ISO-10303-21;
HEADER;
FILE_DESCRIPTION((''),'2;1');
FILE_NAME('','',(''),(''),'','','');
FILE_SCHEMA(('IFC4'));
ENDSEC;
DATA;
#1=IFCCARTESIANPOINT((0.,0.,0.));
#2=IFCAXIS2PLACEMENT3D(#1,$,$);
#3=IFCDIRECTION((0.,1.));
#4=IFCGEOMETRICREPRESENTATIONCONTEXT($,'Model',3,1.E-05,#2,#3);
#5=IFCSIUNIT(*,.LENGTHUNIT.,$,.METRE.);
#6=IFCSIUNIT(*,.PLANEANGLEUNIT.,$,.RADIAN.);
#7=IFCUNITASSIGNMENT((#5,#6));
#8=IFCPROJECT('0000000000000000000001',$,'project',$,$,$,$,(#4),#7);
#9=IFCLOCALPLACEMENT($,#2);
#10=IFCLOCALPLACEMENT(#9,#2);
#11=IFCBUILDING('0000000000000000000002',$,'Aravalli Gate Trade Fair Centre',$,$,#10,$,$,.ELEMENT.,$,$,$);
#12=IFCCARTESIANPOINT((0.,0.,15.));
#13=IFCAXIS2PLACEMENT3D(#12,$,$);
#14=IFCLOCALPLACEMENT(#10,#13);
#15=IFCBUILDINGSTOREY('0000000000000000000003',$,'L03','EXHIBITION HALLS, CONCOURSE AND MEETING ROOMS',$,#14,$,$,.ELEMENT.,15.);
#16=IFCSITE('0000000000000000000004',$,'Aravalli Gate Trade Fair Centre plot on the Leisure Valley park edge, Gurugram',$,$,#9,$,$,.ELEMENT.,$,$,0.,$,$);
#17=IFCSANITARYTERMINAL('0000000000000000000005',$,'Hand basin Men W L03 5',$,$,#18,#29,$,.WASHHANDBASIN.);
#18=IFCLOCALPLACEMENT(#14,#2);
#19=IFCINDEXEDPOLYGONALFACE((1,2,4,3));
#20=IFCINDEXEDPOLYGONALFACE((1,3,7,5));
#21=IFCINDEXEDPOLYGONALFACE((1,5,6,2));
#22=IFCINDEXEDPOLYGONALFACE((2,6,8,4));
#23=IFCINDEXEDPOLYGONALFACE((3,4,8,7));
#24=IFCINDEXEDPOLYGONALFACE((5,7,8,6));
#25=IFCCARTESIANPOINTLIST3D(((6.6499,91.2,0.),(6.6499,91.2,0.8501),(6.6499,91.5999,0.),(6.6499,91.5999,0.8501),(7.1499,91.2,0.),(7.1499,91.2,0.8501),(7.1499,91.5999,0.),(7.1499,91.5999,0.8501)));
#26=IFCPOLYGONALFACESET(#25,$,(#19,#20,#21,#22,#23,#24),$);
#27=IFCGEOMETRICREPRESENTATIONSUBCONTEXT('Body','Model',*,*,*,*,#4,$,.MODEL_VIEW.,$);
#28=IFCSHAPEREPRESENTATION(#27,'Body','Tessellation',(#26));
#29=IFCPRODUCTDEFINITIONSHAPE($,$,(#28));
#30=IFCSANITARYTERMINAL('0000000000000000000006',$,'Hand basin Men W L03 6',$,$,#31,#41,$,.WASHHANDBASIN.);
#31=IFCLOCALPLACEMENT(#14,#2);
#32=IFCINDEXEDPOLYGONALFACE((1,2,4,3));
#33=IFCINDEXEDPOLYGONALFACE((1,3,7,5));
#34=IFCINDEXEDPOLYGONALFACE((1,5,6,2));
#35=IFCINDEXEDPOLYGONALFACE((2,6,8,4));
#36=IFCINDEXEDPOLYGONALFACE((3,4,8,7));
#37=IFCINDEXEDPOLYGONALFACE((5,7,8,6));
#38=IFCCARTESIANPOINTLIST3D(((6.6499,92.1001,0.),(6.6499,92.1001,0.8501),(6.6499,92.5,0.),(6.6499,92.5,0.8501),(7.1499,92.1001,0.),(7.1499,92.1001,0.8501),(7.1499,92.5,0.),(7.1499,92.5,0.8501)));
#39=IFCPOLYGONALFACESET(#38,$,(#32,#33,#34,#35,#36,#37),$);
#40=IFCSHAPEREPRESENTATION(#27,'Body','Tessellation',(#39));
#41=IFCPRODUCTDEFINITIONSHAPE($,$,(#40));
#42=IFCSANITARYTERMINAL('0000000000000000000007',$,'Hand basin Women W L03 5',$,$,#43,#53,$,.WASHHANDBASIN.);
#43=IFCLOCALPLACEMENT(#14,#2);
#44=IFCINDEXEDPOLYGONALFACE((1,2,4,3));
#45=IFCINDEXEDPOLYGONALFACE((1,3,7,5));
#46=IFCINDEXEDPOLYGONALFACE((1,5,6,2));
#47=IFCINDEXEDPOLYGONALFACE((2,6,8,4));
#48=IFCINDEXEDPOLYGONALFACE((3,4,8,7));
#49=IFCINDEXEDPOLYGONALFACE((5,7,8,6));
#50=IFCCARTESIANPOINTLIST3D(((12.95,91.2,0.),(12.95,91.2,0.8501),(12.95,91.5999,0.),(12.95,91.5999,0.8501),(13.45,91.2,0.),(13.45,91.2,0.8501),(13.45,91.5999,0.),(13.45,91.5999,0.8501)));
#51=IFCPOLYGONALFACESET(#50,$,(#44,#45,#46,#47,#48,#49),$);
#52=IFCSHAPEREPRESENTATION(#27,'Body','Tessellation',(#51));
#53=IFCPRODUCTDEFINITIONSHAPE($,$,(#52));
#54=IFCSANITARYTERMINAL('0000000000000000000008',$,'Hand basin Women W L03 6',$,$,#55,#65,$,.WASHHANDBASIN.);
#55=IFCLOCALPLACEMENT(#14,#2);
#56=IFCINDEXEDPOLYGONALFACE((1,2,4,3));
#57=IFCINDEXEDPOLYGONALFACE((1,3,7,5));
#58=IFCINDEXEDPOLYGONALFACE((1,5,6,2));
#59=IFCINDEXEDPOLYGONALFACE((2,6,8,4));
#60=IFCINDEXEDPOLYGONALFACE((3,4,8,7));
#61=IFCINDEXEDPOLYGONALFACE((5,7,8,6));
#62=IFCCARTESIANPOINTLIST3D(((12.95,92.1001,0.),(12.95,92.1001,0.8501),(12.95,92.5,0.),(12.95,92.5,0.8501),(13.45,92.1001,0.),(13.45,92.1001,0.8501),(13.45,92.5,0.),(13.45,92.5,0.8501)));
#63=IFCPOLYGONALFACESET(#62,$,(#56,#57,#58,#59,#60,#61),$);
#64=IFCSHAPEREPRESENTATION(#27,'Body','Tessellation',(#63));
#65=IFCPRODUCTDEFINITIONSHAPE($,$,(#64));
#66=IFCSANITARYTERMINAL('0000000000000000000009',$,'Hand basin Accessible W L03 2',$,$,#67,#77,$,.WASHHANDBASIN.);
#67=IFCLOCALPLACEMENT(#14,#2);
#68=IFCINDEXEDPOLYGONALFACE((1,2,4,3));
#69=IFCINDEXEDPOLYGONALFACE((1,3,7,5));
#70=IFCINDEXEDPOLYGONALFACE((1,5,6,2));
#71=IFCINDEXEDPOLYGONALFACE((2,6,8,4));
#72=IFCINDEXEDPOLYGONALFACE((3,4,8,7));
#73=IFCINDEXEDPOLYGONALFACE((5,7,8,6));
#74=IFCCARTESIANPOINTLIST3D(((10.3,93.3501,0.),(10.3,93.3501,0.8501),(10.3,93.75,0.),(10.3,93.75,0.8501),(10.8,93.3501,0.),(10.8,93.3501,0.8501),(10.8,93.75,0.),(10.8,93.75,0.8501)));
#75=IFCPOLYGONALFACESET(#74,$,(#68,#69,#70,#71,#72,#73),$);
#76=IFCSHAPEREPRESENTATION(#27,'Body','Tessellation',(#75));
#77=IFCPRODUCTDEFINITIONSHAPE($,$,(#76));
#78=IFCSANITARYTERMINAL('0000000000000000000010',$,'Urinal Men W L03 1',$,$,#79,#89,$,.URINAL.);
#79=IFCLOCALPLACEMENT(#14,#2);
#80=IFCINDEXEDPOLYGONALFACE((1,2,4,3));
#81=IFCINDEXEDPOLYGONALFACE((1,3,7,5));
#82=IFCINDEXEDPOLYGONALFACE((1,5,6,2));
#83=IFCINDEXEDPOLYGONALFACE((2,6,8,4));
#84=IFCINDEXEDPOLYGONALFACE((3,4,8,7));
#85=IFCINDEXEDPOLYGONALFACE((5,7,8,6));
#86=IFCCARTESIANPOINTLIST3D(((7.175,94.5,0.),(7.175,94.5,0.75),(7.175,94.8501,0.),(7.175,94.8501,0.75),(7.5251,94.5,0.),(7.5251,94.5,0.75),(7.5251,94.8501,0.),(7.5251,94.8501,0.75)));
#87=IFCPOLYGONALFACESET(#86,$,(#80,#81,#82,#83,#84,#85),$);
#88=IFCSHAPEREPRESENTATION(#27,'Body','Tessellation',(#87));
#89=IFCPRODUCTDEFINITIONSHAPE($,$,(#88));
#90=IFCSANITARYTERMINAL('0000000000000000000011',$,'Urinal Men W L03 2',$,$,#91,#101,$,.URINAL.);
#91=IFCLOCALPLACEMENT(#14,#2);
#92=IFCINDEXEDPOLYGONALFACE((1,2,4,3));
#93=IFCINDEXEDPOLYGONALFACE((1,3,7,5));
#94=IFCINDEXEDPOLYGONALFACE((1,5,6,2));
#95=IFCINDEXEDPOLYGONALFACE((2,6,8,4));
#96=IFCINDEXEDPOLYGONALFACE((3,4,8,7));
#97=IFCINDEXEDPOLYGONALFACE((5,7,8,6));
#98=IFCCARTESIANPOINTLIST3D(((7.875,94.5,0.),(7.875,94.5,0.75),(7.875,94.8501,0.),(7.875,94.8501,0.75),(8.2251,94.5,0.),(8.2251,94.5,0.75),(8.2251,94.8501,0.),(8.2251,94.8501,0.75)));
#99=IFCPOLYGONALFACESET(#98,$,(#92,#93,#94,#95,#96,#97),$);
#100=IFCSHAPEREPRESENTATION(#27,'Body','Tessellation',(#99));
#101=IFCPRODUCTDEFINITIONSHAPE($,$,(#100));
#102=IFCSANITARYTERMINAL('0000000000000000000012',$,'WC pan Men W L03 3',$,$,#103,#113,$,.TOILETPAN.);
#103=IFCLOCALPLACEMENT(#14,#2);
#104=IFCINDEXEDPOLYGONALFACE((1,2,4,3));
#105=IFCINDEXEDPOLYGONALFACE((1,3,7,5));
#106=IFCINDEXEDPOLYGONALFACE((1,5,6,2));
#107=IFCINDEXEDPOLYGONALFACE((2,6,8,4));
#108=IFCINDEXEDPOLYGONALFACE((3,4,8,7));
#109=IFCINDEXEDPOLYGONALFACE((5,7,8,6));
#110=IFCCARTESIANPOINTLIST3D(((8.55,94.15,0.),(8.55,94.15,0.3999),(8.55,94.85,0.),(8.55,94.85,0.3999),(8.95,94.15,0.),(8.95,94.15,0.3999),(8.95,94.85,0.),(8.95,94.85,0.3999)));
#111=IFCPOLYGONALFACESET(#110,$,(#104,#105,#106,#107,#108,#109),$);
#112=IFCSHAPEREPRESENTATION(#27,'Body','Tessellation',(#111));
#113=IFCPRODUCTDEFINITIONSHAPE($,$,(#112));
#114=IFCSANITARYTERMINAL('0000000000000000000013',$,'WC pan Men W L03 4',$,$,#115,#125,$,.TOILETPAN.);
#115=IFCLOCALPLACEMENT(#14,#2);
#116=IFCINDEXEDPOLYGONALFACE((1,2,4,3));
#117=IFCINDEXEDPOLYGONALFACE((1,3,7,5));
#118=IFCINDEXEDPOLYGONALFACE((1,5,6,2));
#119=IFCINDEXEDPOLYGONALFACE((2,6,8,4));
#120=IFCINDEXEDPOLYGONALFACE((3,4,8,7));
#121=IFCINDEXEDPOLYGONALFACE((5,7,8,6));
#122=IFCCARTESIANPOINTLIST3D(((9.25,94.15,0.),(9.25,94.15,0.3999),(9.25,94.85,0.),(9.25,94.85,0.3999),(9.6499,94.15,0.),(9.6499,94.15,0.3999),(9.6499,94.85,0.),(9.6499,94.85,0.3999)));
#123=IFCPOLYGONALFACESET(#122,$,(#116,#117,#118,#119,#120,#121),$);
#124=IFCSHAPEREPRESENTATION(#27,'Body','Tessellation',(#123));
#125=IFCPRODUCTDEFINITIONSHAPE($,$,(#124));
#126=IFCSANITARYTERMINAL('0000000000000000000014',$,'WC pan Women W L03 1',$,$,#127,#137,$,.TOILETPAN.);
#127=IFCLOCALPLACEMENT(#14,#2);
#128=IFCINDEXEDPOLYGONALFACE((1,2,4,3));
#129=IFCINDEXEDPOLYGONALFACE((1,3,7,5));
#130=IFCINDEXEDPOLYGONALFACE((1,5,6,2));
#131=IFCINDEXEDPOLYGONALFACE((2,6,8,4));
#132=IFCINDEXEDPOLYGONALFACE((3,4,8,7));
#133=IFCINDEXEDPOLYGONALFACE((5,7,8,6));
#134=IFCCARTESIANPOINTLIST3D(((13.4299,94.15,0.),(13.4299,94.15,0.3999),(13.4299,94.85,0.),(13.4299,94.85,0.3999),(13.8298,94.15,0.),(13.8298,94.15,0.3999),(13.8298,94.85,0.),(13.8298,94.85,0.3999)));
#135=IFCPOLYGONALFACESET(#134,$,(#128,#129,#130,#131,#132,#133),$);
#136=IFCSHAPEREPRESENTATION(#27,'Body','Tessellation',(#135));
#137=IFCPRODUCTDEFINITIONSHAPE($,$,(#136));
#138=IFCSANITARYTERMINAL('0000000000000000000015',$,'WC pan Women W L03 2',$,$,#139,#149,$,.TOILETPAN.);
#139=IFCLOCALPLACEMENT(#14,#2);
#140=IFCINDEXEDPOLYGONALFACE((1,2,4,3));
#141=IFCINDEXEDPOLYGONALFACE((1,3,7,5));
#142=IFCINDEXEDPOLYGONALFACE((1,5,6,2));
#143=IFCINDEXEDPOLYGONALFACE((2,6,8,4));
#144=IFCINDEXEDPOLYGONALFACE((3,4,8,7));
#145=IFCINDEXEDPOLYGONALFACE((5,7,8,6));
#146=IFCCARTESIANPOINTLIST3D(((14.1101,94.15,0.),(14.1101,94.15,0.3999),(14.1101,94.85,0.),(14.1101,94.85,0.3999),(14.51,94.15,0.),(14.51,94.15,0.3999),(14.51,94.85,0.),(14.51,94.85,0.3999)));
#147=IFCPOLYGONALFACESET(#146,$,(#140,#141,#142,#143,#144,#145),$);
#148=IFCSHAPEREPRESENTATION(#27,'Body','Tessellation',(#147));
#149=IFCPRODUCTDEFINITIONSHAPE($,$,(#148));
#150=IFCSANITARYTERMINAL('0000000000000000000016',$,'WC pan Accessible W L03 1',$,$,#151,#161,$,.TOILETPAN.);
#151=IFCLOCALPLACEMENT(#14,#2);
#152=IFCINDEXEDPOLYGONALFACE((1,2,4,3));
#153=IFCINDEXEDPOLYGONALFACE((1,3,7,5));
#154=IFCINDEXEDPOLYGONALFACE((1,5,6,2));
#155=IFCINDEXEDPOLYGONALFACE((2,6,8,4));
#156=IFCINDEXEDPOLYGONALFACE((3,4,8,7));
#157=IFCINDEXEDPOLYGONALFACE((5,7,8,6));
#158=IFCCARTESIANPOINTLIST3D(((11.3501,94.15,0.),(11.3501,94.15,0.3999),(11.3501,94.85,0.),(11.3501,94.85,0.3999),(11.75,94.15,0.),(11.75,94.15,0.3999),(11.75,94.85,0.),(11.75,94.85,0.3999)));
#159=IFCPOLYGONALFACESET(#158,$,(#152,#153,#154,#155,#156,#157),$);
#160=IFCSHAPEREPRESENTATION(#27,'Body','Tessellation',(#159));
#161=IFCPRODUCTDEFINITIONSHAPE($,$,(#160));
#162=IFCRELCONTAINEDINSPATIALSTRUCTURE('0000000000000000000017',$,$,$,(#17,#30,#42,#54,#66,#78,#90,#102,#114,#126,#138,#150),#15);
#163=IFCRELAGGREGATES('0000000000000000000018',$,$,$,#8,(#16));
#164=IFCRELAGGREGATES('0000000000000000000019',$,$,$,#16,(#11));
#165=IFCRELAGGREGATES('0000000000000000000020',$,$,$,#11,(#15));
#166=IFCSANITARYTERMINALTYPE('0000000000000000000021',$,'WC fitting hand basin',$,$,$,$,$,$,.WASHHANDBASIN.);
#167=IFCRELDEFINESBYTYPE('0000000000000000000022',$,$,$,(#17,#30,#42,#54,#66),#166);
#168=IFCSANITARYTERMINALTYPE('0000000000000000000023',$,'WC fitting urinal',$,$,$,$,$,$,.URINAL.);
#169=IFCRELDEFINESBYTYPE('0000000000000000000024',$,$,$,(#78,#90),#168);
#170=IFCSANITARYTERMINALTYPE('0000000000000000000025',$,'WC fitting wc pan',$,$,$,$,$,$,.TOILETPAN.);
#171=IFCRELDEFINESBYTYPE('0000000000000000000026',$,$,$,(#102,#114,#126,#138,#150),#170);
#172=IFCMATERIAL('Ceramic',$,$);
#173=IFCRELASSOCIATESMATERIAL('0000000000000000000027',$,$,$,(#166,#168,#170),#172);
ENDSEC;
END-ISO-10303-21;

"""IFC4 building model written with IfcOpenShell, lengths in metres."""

from ifc_helpers import new_model, si_unit, direction, frame, origin, origin_2d, place, context, subcontext, project, spatial, rectangle, extrude, material, type_object, element, save


model = new_model("IFC4")

# Units and contexts
model_context = context("Model", 3, precision=1e-05, world=origin(), true_north=direction((0.0, 1.0)))
body_context = subcontext(model_context, "Body", "Model", "MODEL_VIEW")
ifc_project = project(units=[si_unit("LENGTHUNIT", "METRE"), si_unit("PLANEANGLEUNIT", "RADIAN")], contexts=[model_context])

# Site, building, storey
site_placement = place(None, origin())
site = spatial("IfcSite", under=ifc_project, at=site_placement, Name="Aravalli Gate Trade Fair Centre plot on the Leisure Valley park edge, Gurugram", CompositionType="ELEMENT", RefElevation=0.0)
building_placement = place(site_placement, origin())
building = spatial("IfcBuilding", under=site, at=building_placement, Name="Aravalli Gate Trade Fair Centre", CompositionType="ELEMENT")
storey_placement = place(building_placement, frame((0.0, 0.0, 15.0)))
storey = spatial("IfcBuildingStorey", under=building, at=storey_placement, Name="L03", Description="EXHIBITION HALLS, CONCOURSE AND MEETING ROOMS", CompositionType="ELEMENT", Elevation=15.0)

# Sanitary terminals
ifc_material_1 = material(Name="Ceramic")
sanitary_terminal_type_1 = type_object("IfcSanitaryTerminalType", Name="WC fitting hand basin", PredefinedType="WASHHANDBASIN", material=ifc_material_1)
for number, where, z_axis, x_axis, name in (
    (1, (6.8999, 91.3999, 0.0), (0.0, 0.0, 1.0), (1.0, 0.0, 0.0), "Hand basin Men W L03 5"),
    (2, (6.8999, 92.3, 0.0), (0.0, 0.0, 1.0), (1.0, 0.0, 0.0), "Hand basin Men W L03 6"),
    (3, (13.2, 91.3999, 0.0), (0.0, 0.0, 1.0), (1.0, 0.0, 0.0), "Hand basin Women W L03 5"),
    (4, (13.2, 92.3, 0.0), (0.0, 0.0, 1.0), (1.0, 0.0, 0.0), "Hand basin Women W L03 6"),
    (5, (10.55, 93.55, 0.0), (0.0, 0.0, 1.0), (1.0, 0.0, 0.0), "Hand basin Accessible W L03 2"),
):
    element("IfcSanitaryTerminal", number, at=place(storey_placement, frame(where, z_axis=z_axis, x_axis=x_axis)), inside=storey, type_object=sanitary_terminal_type_1, Name=name, PredefinedType="WASHHANDBASIN", context=body_context, shape_type="SweptSolid", body=[
        extrude(rectangle(XDim=0.5, YDim=0.3999, at=origin_2d()), origin(), (0.0, 0.0, 1.0), 0.8501),
    ])
sanitary_terminal_type_2 = type_object("IfcSanitaryTerminalType", Name="WC fitting urinal", PredefinedType="URINAL", material=ifc_material_1)
for number, where, z_axis, x_axis, name in (
    (6, (7.3501, 94.675, 0.0), (0.0, 0.0, 1.0), (1.0, 0.0, 0.0), "Urinal Men W L03 1"),
    (7, (8.05, 94.675, 0.0), (0.0, 0.0, 1.0), (1.0, 0.0, 0.0), "Urinal Men W L03 2"),
):
    element("IfcSanitaryTerminal", number, at=place(storey_placement, frame(where, z_axis=z_axis, x_axis=x_axis)), inside=storey, type_object=sanitary_terminal_type_2, Name=name, PredefinedType="URINAL", context=body_context, shape_type="SweptSolid", body=[
        extrude(rectangle(XDim=0.3501, YDim=0.3501, at=origin_2d()), origin(), (0.0, 0.0, 1.0), 0.75),
    ])
sanitary_terminal_type_3 = type_object("IfcSanitaryTerminalType", Name="WC fitting wc pan", PredefinedType="TOILETPAN", material=ifc_material_1)
for number, where, z_axis, x_axis, name in (
    (8, (8.75, 94.5, 0.0), (0.0, 0.0, 1.0), (1.0, 0.0, 0.0), "WC pan Men W L03 3"),
    (9, (9.45, 94.5, 0.0), (0.0, 0.0, 1.0), (1.0, 0.0, 0.0), "WC pan Men W L03 4"),
    (10, (13.6299, 94.5, 0.0), (0.0, 0.0, 1.0), (1.0, 0.0, 0.0), "WC pan Women W L03 1"),
    (11, (14.3101, 94.5, 0.0), (0.0, 0.0, 1.0), (1.0, 0.0, 0.0), "WC pan Women W L03 2"),
    (12, (11.55, 94.5, 0.0), (0.0, 0.0, 1.0), (1.0, 0.0, 0.0), "WC pan Accessible W L03 1"),
):
    element("IfcSanitaryTerminal", number, at=place(storey_placement, frame(where, z_axis=z_axis, x_axis=x_axis)), inside=storey, type_object=sanitary_terminal_type_3, Name=name, PredefinedType="TOILETPAN", context=body_context, shape_type="SweptSolid", body=[
        extrude(rectangle(XDim=0.3999, YDim=0.7, at=origin_2d()), origin(), (0.0, 0.0, 1.0), 0.3999),
    ])

save(model, "model.ifc")
